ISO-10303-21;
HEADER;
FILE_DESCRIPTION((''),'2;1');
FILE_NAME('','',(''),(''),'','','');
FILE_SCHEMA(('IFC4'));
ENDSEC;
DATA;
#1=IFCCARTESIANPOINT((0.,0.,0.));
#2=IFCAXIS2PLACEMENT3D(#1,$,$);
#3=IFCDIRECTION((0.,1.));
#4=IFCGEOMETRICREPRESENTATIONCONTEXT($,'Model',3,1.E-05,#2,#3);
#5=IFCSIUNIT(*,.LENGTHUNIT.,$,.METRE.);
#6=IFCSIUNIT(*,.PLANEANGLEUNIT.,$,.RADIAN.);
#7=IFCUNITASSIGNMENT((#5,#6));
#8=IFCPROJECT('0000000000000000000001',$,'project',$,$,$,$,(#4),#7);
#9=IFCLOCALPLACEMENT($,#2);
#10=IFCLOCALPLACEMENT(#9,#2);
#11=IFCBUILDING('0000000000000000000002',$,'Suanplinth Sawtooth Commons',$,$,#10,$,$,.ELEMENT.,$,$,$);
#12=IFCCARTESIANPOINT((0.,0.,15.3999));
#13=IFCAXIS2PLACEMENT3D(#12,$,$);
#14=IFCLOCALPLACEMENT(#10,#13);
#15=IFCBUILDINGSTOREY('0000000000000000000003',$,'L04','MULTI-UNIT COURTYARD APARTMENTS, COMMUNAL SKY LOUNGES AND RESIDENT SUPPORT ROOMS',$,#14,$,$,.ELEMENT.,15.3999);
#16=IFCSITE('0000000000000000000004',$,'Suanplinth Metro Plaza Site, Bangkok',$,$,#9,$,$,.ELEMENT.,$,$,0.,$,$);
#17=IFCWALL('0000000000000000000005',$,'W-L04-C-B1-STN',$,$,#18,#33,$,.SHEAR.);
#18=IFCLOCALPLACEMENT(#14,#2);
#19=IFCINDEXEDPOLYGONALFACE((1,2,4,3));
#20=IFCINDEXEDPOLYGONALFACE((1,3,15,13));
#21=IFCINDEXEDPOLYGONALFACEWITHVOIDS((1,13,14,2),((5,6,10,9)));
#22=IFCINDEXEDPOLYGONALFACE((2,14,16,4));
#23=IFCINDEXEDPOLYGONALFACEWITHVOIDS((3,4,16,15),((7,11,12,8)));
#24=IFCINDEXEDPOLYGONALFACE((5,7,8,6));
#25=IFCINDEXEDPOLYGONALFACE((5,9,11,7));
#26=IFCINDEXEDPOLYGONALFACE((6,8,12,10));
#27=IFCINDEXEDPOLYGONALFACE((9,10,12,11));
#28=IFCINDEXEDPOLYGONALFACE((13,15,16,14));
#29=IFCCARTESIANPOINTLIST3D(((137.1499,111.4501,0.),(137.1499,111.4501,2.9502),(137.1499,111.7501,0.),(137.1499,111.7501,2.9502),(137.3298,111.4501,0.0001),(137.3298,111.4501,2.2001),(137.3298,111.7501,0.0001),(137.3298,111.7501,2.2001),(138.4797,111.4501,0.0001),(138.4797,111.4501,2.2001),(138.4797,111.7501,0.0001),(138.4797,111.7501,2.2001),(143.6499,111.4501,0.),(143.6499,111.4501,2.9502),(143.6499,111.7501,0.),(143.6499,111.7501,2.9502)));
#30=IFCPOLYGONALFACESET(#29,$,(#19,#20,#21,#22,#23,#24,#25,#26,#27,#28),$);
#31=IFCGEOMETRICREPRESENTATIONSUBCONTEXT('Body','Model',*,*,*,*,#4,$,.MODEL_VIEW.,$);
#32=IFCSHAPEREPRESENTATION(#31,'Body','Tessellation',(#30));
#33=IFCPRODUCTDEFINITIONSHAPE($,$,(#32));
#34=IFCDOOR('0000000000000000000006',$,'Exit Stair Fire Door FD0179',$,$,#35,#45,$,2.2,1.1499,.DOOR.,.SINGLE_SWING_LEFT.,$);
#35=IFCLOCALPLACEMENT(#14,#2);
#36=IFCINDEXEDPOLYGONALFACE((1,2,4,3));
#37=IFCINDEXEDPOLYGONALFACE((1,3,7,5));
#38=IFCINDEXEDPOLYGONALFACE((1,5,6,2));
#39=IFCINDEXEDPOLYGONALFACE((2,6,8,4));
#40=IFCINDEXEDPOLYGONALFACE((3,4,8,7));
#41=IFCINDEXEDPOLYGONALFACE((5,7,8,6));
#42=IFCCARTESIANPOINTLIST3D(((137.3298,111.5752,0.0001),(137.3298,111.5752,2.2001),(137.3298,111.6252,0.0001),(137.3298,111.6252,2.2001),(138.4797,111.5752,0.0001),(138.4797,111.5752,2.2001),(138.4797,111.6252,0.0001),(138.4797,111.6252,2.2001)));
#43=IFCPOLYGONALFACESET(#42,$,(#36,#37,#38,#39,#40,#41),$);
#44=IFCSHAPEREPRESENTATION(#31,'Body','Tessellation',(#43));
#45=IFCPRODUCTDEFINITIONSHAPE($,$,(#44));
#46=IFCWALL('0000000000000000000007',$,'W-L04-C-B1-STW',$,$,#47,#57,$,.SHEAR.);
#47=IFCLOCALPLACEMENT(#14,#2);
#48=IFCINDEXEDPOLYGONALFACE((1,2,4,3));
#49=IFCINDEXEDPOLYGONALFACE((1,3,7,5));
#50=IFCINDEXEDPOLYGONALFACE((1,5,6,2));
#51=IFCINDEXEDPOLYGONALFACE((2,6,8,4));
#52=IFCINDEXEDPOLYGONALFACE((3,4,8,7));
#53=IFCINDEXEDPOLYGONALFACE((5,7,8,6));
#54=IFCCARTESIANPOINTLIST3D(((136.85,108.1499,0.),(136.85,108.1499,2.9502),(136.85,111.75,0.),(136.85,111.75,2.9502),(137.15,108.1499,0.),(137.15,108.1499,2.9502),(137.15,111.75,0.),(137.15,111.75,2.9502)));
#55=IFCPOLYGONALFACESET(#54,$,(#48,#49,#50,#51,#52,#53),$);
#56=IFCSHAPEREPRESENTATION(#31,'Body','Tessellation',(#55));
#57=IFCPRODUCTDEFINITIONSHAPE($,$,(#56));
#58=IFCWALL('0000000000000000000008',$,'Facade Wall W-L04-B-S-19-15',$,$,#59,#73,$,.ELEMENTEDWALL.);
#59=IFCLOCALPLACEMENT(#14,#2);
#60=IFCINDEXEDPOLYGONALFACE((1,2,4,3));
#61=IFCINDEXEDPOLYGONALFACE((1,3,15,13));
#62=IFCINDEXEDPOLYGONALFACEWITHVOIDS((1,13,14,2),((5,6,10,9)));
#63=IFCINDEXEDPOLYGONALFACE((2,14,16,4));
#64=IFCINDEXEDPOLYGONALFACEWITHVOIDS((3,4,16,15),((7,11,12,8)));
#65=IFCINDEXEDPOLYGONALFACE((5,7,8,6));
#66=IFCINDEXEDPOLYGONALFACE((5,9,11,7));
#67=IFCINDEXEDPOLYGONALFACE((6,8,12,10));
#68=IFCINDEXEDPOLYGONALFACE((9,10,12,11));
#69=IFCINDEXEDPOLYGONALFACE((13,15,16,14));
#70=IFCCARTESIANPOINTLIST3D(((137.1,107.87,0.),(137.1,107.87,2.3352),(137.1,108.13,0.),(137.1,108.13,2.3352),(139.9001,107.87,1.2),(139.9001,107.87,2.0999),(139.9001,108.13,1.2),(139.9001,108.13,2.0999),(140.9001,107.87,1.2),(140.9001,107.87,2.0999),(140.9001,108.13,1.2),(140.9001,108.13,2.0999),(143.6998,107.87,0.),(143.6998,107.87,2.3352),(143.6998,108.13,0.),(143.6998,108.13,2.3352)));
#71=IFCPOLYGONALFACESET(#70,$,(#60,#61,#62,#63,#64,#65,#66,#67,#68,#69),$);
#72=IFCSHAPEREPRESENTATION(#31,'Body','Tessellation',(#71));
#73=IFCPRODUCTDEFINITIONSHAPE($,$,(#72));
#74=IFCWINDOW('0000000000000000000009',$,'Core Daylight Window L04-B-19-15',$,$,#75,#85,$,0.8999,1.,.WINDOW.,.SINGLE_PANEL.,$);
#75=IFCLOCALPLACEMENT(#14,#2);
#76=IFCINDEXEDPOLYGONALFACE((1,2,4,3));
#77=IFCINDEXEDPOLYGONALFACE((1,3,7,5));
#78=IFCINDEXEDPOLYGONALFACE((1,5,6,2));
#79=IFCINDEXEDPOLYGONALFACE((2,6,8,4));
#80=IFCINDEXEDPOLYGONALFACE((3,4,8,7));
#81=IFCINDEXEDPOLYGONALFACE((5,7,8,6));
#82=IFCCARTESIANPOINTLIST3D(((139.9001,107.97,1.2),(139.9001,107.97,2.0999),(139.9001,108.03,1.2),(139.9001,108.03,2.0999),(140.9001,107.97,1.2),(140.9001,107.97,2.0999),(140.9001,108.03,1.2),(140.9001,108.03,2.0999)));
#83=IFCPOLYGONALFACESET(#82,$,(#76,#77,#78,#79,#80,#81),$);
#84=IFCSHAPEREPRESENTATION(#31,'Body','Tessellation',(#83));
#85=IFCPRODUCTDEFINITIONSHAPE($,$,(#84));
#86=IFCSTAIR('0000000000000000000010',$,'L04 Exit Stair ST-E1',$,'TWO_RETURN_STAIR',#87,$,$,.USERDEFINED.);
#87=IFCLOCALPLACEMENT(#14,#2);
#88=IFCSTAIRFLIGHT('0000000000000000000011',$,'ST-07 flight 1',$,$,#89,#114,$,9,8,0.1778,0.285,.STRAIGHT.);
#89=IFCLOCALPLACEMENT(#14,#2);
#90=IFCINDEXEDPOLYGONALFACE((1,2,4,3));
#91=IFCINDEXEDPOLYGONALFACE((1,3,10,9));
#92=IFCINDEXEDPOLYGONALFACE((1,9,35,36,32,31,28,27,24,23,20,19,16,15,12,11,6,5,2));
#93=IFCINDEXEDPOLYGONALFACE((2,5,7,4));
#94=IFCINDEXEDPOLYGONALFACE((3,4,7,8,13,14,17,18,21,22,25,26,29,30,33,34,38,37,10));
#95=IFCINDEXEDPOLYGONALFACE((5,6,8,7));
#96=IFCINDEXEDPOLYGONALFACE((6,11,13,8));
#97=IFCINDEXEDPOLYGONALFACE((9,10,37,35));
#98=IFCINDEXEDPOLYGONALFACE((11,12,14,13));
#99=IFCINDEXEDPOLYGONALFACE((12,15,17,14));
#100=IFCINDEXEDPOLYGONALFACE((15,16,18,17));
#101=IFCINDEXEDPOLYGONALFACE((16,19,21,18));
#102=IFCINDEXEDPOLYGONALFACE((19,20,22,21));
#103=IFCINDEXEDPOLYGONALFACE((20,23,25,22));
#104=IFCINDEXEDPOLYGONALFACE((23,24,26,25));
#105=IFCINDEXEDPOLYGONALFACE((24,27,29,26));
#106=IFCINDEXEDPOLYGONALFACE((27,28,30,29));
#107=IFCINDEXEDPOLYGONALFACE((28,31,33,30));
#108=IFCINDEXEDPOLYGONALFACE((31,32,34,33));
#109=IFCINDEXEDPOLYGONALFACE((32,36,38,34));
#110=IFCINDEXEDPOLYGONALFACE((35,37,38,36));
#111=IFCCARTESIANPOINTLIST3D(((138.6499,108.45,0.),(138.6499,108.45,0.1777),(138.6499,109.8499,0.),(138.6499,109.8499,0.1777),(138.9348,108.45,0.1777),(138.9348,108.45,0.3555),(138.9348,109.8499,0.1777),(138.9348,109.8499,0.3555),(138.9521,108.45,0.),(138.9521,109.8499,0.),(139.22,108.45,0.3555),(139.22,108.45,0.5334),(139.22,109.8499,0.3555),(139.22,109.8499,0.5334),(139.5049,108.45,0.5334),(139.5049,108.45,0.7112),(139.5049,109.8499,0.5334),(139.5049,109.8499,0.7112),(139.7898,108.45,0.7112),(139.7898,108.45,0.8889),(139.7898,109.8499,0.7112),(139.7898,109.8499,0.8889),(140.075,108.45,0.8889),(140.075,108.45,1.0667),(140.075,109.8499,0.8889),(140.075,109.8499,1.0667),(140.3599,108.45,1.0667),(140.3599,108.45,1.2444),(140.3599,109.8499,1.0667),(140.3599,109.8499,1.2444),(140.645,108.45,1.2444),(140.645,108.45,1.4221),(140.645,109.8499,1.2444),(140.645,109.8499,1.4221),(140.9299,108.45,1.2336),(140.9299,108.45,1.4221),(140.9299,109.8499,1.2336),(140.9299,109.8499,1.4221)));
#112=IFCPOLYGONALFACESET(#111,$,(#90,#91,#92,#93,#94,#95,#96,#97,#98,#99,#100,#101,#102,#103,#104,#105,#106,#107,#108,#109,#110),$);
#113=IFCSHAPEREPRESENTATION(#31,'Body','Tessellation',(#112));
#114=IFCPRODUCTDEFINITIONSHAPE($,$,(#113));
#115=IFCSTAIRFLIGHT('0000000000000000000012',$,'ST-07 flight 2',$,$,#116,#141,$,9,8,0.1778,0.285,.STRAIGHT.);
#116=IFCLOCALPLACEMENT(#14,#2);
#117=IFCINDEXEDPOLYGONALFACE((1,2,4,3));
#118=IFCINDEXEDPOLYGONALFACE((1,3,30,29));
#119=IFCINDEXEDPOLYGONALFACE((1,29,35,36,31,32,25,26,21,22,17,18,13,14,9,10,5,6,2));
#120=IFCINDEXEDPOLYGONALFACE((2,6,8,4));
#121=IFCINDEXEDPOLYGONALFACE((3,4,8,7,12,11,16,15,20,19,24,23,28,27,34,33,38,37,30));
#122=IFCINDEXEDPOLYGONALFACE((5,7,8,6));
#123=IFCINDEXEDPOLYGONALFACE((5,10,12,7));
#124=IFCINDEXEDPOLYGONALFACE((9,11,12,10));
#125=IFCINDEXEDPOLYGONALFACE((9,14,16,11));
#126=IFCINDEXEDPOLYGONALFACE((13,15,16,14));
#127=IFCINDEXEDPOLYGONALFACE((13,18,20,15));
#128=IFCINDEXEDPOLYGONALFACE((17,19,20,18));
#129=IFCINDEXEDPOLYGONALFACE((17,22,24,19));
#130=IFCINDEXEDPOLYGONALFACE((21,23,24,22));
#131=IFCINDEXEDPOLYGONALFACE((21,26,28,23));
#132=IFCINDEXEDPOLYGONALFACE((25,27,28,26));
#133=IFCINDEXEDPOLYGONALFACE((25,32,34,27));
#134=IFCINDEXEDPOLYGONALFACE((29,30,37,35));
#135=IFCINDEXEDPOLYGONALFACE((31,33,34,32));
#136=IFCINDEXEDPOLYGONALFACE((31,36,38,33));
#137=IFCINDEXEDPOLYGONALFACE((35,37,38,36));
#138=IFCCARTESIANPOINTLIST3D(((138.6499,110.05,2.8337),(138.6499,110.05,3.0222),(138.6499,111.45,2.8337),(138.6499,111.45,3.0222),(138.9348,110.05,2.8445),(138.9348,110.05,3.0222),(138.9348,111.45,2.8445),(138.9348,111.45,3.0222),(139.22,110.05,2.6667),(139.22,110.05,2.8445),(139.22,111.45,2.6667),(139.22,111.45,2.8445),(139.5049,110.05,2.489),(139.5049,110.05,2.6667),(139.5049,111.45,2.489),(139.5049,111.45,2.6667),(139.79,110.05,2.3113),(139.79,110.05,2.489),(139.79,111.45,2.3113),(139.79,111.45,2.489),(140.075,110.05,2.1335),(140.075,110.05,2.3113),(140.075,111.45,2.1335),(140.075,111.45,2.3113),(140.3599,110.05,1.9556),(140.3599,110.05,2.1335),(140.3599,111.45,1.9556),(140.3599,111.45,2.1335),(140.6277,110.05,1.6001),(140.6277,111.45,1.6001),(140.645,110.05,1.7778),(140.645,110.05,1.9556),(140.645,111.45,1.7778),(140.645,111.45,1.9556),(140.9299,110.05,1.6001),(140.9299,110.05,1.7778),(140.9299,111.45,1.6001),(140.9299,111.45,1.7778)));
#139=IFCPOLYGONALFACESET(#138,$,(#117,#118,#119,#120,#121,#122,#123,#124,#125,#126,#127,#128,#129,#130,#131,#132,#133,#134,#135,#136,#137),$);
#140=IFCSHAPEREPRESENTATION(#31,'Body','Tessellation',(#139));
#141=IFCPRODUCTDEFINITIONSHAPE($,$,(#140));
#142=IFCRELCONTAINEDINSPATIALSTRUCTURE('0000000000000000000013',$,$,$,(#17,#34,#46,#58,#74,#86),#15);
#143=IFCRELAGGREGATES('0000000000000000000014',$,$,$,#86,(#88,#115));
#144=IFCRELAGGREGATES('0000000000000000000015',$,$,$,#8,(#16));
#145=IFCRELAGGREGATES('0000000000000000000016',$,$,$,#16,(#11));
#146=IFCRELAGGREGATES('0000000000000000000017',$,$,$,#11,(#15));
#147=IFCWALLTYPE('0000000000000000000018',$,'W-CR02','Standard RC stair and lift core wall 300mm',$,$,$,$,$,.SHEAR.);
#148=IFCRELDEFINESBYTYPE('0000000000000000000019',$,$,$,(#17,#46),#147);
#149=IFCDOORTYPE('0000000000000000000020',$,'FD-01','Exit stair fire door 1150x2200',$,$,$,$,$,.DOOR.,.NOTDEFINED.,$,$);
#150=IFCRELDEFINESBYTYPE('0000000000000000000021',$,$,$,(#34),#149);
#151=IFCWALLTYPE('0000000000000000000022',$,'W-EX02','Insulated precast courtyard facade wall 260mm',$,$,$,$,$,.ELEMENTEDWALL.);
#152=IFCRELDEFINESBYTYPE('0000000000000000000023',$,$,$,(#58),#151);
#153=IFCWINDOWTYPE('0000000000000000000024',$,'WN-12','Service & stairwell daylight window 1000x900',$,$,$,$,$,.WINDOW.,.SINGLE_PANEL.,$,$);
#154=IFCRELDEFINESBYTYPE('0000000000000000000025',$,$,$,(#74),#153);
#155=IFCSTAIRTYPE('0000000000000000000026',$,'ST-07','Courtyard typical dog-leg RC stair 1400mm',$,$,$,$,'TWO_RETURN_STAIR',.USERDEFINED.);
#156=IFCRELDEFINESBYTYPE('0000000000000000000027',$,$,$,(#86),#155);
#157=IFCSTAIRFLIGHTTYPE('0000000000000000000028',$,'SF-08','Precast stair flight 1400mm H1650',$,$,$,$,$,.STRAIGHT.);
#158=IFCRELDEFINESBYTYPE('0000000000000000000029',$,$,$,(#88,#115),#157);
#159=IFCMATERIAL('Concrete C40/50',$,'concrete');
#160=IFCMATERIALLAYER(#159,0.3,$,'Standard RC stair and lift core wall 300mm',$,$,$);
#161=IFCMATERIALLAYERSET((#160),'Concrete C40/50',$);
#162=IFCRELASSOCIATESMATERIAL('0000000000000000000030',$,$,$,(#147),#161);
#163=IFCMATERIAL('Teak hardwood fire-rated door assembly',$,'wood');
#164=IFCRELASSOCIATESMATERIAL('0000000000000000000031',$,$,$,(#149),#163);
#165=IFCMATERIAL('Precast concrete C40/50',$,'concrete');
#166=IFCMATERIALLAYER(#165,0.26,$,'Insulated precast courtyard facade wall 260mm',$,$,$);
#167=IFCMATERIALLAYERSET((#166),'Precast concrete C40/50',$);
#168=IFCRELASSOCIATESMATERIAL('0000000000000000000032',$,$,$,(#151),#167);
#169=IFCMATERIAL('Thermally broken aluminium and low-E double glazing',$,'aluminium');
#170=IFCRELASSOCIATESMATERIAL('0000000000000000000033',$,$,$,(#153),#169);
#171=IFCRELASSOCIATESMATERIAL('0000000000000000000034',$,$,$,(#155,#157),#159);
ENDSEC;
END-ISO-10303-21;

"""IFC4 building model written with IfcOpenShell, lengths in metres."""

from ifc_helpers import new_model, si_unit, direction, frame, frame_2d, origin, place, context, subcontext, project, spatial, polyline, rectangle, outline, extrude, material, layer, layer_set, type_object, element, fill, aggregate, save


model = new_model("IFC4")

# Units and contexts
model_context = context("Model", 3, precision=1e-05, world=origin(), true_north=direction((0.0, 1.0)))
body_context = subcontext(model_context, "Body", "Model", "MODEL_VIEW")
ifc_project = project(units=[si_unit("LENGTHUNIT", "METRE"), si_unit("PLANEANGLEUNIT", "RADIAN")], contexts=[model_context])

# Site, building, storey
site_placement = place(None, origin())
site = spatial("IfcSite", under=ifc_project, at=site_placement, Name="Suanplinth Metro Plaza Site, Bangkok", CompositionType="ELEMENT", RefElevation=0.0)
building_placement = place(site_placement, origin())
building = spatial("IfcBuilding", under=site, at=building_placement, Name="Suanplinth Sawtooth Commons", CompositionType="ELEMENT")
storey_placement = place(building_placement, frame((0.0, 0.0, 15.3999)))
storey = spatial("IfcBuildingStorey", under=building, at=storey_placement, Name="L04", Description="MULTI-UNIT COURTYARD APARTMENTS, COMMUNAL SKY LOUNGES AND RESIDENT SUPPORT ROOMS", CompositionType="ELEMENT", Elevation=15.3999)

# Shared definitions
ifc_material_1 = material(Name="Precast concrete C40/50", Category="concrete")

# Shared definitions
ifc_material_2 = material(Name="Concrete C40/50", Category="concrete")
ifc_layer_1 = layer(ifc_material_2, 0.3, Name="Standard RC stair and lift core wall 300mm")
ifc_layer_set_1 = layer_set([ifc_layer_1], Name="Concrete C40/50")
wall_type_1 = type_object("IfcWallType", Name="W-CR02", Description="Standard RC stair and lift core wall 300mm", PredefinedType="SHEAR", material=ifc_layer_set_1)

# Wall, opening, door
wall_1_placement = place(storey_placement, frame((137.1499, 111.6001, 0.0), z_axis=(0.0, 0.0, 1.0), x_axis=(1.0, 0.0, 0.0)))
wall_1 = element("IfcWall", 1, at=wall_1_placement, inside=storey, type_object=wall_type_1, Name="W-L04-C-B1-STN", PredefinedType="SHEAR", context=body_context, shape_type="SweptSolid", body=[
    extrude(rectangle(XDim=6.5, YDim=0.3, at=frame_2d((3.25, 0.0))), origin(), (0.0, 0.0, 1.0), 2.9502),
])
opening_1_placement = place(wall_1_placement, frame((0.1799, 0.0, 0.0)))
opening_1 = element("IfcOpeningElement", 2, at=opening_1_placement, cuts=wall_1, PredefinedType="OPENING", context=body_context, shape_type="SweptSolid", body=[
    extrude(rectangle(XDim=1.1499, YDim=2.2, at=frame_2d((0.575, 1.1001))), frame((0.0, 0.165, 0.0), z_axis=(0.0, -1.0, 0.0), x_axis=(1.0, 0.0, 0.0)), (0.0, 0.0, 1.0), 0.3298),
])
ifc_material_3 = material(Name="Teak hardwood fire-rated door assembly", Category="wood")
door_type_1 = type_object("IfcDoorType", Name="FD-01", Description="Exit stair fire door 1150x2200", OperationType="NOTDEFINED", PredefinedType="DOOR", material=ifc_material_3)
door_1_placement = place(opening_1_placement, frame((1.1499, 0.0, 0.0), z_axis=(0.0, 0.0, 1.0), x_axis=(-1.0, 0.0, 0.0)))
door_1 = element("IfcDoor", 3, at=door_1_placement, inside=storey, type_object=door_type_1, Name="Exit Stair Fire Door FD0179", OperationType="SINGLE_SWING_LEFT", OverallHeight=2.2, OverallWidth=1.1499, PredefinedType="DOOR", context=body_context, shape_type="SweptSolid", body=[
    extrude(rectangle(XDim=1.1499, YDim=2.2, at=frame_2d((0.575, 1.1001))), frame((0.0, 0.0249, 0.0), z_axis=(0.0, -1.0, 0.0), x_axis=(1.0, 0.0, 0.0)), (0.0, 0.0, 1.0), 0.05),
])
fill(opening_1, door_1)

# Wall
wall_2_placement = place(storey_placement, frame((137.0, 108.1499, 0.0), z_axis=(0.0, 0.0, 1.0), x_axis=(0.0, 1.0, 0.0)))
element("IfcWall", 4, at=wall_2_placement, inside=storey, type_object=wall_type_1, Name="W-L04-C-B1-STW", PredefinedType="SHEAR", context=body_context, shape_type="SweptSolid", body=[
    extrude(rectangle(XDim=3.6001, YDim=0.3, at=frame_2d((1.8, 0.0))), origin(), (0.0, 0.0, 1.0), 2.9502),
])

# Wall, opening, window
ifc_layer_2 = layer(ifc_material_1, 0.26, Name="Insulated precast courtyard facade wall 260mm")
ifc_layer_set_2 = layer_set([ifc_layer_2], Name="Precast concrete C40/50")
wall_type_2 = type_object("IfcWallType", Name="W-EX02", Description="Insulated precast courtyard facade wall 260mm", PredefinedType="ELEMENTEDWALL", material=ifc_layer_set_2)
wall_3_placement = place(storey_placement, frame((137.1001, 108.0, 0.0), z_axis=(0.0, 0.0, 1.0), x_axis=(1.0, 0.0, 0.0)))
wall_3 = element("IfcWall", 5, at=wall_3_placement, inside=storey, type_object=wall_type_2, Name="Facade Wall W-L04-B-S-19-15", PredefinedType="ELEMENTEDWALL", context=body_context, shape_type="SweptSolid", body=[
    extrude(rectangle(XDim=6.5999, YDim=0.26, at=frame_2d((3.2998, 0.0))), origin(), (0.0, 0.0, 1.0), 2.3352),
])
opening_2_placement = place(wall_3_placement, frame((2.8, 0.0, 1.2)))
opening_2 = element("IfcOpeningElement", 6, at=opening_2_placement, cuts=wall_3, PredefinedType="OPENING", context=body_context, shape_type="SweptSolid", body=[
    extrude(rectangle(XDim=1.0, YDim=0.8999, at=frame_2d((0.5, 0.45))), frame((0.0, 0.145, 0.0), z_axis=(0.0, -1.0, 0.0), x_axis=(1.0, 0.0, 0.0)), (0.0, 0.0, 1.0), 0.2898),
])
ifc_material_4 = material(Name="Thermally broken aluminium and low-E double glazing", Category="aluminium")
window_type = type_object("IfcWindowType", Name="WN-12", Description="Service & stairwell daylight window 1000x900", PartitioningType="SINGLE_PANEL", PredefinedType="WINDOW", material=ifc_material_4)
window_placement = place(opening_2_placement, origin())
window = element("IfcWindow", 7, at=window_placement, inside=storey, type_object=window_type, Name="Core Daylight Window L04-B-19-15", OverallHeight=0.8999, OverallWidth=1.0, PartitioningType="SINGLE_PANEL", PredefinedType="WINDOW", context=body_context, shape_type="SweptSolid", body=[
    extrude(rectangle(XDim=1.0, YDim=0.8999, at=frame_2d((0.5, 0.45))), frame((0.0, 0.03, 0.0), z_axis=(0.0, -1.0, 0.0), x_axis=(1.0, 0.0, 0.0)), (0.0, 0.0, 1.0), 0.0601),
])
fill(opening_2, window)

# Stair, stair flights
stair_type = type_object("IfcStairType", Name="ST-07", Description="Courtyard typical dog-leg RC stair 1400mm", ElementType="TWO_RETURN_STAIR", PredefinedType="USERDEFINED", material=ifc_material_2)
stair_placement = place(storey_placement, origin())
stair = element("IfcStair", 8, at=stair_placement, inside=storey, type_object=stair_type, Name="L04 Exit Stair ST-E1", ObjectType="TWO_RETURN_STAIR", PredefinedType="USERDEFINED")
stair_flight_type = type_object("IfcStairFlightType", Name="SF-08", Description="Precast stair flight 1400mm H1650", PredefinedType="STRAIGHT", material=ifc_material_2)
stair_flight_1_placement = place(storey_placement, frame((138.6499, 109.1499, 0.0), z_axis=(0.0, 0.0, 1.0), x_axis=(1.0, 0.0, 0.0)))
stair_flight_1 = element("IfcStairFlight", 9, at=stair_flight_1_placement, type_object=stair_flight_type, Name="ST-07 flight 1", NumberOfRisers=9, NumberOfTreads=8, PredefinedType="STRAIGHT", RiserHeight=0.1778, TreadLength=0.285, context=body_context, shape_type="SweptSolid", body=[
    extrude(outline(polyline([(0.0, 0.0), (0.0, 0.1777), (0.2849, 0.1777), (0.2849, 0.3555), (0.5701, 0.3555), (0.5701, 0.5334), (0.855, 0.5334), (0.855, 0.7112), (1.1399, 0.7112), (1.1399, 0.8889), (1.425, 0.8889), (1.425, 1.0667), (1.71, 1.0667), (1.71, 1.2444), (1.9951, 1.2444), (1.9951, 1.4221), (2.28, 1.4221), (2.28, 1.6001), (2.28, 1.2336), (0.3022, 0.0), (0.0, 0.0)])), frame((0.0, 0.7, 0.0), z_axis=(0.0, -1.0, 0.0), x_axis=(1.0, 0.0, 0.0)), (0.0, 0.0, 1.0), 1.3999),
])
stair_flight_2_placement = place(storey_placement, frame((140.9299, 110.75, 1.6001), z_axis=(0.0, 0.0, 1.0), x_axis=(-1.0, 0.0, 0.0)))
stair_flight_2 = element("IfcStairFlight", 10, at=stair_flight_2_placement, type_object=stair_flight_type, Name="ST-07 flight 2", NumberOfRisers=9, NumberOfTreads=8, PredefinedType="STRAIGHT", RiserHeight=0.1778, TreadLength=0.285, context=body_context, shape_type="SweptSolid", body=[
    extrude(outline(polyline([(0.0, 0.0), (0.0, 0.1777), (0.2849, 0.1777), (0.2849, 0.3555), (0.5701, 0.3555), (0.5701, 0.5334), (0.855, 0.5334), (0.855, 0.7112), (1.1399, 0.7112), (1.1399, 0.8889), (1.425, 0.8889), (1.425, 1.0667), (1.71, 1.0667), (1.71, 1.2444), (1.9951, 1.2444), (1.9951, 1.4221), (2.28, 1.4221), (2.28, 1.6001), (2.28, 1.2336), (0.3022, 0.0), (0.0, 0.0)])), frame((0.0, 0.7, 0.0), z_axis=(0.0, -1.0, 0.0), x_axis=(1.0, 0.0, 0.0)), (0.0, 0.0, 1.0), 1.3999),
])
aggregate(stair, [stair_flight_1, stair_flight_2])

save(model, "model.ifc")
